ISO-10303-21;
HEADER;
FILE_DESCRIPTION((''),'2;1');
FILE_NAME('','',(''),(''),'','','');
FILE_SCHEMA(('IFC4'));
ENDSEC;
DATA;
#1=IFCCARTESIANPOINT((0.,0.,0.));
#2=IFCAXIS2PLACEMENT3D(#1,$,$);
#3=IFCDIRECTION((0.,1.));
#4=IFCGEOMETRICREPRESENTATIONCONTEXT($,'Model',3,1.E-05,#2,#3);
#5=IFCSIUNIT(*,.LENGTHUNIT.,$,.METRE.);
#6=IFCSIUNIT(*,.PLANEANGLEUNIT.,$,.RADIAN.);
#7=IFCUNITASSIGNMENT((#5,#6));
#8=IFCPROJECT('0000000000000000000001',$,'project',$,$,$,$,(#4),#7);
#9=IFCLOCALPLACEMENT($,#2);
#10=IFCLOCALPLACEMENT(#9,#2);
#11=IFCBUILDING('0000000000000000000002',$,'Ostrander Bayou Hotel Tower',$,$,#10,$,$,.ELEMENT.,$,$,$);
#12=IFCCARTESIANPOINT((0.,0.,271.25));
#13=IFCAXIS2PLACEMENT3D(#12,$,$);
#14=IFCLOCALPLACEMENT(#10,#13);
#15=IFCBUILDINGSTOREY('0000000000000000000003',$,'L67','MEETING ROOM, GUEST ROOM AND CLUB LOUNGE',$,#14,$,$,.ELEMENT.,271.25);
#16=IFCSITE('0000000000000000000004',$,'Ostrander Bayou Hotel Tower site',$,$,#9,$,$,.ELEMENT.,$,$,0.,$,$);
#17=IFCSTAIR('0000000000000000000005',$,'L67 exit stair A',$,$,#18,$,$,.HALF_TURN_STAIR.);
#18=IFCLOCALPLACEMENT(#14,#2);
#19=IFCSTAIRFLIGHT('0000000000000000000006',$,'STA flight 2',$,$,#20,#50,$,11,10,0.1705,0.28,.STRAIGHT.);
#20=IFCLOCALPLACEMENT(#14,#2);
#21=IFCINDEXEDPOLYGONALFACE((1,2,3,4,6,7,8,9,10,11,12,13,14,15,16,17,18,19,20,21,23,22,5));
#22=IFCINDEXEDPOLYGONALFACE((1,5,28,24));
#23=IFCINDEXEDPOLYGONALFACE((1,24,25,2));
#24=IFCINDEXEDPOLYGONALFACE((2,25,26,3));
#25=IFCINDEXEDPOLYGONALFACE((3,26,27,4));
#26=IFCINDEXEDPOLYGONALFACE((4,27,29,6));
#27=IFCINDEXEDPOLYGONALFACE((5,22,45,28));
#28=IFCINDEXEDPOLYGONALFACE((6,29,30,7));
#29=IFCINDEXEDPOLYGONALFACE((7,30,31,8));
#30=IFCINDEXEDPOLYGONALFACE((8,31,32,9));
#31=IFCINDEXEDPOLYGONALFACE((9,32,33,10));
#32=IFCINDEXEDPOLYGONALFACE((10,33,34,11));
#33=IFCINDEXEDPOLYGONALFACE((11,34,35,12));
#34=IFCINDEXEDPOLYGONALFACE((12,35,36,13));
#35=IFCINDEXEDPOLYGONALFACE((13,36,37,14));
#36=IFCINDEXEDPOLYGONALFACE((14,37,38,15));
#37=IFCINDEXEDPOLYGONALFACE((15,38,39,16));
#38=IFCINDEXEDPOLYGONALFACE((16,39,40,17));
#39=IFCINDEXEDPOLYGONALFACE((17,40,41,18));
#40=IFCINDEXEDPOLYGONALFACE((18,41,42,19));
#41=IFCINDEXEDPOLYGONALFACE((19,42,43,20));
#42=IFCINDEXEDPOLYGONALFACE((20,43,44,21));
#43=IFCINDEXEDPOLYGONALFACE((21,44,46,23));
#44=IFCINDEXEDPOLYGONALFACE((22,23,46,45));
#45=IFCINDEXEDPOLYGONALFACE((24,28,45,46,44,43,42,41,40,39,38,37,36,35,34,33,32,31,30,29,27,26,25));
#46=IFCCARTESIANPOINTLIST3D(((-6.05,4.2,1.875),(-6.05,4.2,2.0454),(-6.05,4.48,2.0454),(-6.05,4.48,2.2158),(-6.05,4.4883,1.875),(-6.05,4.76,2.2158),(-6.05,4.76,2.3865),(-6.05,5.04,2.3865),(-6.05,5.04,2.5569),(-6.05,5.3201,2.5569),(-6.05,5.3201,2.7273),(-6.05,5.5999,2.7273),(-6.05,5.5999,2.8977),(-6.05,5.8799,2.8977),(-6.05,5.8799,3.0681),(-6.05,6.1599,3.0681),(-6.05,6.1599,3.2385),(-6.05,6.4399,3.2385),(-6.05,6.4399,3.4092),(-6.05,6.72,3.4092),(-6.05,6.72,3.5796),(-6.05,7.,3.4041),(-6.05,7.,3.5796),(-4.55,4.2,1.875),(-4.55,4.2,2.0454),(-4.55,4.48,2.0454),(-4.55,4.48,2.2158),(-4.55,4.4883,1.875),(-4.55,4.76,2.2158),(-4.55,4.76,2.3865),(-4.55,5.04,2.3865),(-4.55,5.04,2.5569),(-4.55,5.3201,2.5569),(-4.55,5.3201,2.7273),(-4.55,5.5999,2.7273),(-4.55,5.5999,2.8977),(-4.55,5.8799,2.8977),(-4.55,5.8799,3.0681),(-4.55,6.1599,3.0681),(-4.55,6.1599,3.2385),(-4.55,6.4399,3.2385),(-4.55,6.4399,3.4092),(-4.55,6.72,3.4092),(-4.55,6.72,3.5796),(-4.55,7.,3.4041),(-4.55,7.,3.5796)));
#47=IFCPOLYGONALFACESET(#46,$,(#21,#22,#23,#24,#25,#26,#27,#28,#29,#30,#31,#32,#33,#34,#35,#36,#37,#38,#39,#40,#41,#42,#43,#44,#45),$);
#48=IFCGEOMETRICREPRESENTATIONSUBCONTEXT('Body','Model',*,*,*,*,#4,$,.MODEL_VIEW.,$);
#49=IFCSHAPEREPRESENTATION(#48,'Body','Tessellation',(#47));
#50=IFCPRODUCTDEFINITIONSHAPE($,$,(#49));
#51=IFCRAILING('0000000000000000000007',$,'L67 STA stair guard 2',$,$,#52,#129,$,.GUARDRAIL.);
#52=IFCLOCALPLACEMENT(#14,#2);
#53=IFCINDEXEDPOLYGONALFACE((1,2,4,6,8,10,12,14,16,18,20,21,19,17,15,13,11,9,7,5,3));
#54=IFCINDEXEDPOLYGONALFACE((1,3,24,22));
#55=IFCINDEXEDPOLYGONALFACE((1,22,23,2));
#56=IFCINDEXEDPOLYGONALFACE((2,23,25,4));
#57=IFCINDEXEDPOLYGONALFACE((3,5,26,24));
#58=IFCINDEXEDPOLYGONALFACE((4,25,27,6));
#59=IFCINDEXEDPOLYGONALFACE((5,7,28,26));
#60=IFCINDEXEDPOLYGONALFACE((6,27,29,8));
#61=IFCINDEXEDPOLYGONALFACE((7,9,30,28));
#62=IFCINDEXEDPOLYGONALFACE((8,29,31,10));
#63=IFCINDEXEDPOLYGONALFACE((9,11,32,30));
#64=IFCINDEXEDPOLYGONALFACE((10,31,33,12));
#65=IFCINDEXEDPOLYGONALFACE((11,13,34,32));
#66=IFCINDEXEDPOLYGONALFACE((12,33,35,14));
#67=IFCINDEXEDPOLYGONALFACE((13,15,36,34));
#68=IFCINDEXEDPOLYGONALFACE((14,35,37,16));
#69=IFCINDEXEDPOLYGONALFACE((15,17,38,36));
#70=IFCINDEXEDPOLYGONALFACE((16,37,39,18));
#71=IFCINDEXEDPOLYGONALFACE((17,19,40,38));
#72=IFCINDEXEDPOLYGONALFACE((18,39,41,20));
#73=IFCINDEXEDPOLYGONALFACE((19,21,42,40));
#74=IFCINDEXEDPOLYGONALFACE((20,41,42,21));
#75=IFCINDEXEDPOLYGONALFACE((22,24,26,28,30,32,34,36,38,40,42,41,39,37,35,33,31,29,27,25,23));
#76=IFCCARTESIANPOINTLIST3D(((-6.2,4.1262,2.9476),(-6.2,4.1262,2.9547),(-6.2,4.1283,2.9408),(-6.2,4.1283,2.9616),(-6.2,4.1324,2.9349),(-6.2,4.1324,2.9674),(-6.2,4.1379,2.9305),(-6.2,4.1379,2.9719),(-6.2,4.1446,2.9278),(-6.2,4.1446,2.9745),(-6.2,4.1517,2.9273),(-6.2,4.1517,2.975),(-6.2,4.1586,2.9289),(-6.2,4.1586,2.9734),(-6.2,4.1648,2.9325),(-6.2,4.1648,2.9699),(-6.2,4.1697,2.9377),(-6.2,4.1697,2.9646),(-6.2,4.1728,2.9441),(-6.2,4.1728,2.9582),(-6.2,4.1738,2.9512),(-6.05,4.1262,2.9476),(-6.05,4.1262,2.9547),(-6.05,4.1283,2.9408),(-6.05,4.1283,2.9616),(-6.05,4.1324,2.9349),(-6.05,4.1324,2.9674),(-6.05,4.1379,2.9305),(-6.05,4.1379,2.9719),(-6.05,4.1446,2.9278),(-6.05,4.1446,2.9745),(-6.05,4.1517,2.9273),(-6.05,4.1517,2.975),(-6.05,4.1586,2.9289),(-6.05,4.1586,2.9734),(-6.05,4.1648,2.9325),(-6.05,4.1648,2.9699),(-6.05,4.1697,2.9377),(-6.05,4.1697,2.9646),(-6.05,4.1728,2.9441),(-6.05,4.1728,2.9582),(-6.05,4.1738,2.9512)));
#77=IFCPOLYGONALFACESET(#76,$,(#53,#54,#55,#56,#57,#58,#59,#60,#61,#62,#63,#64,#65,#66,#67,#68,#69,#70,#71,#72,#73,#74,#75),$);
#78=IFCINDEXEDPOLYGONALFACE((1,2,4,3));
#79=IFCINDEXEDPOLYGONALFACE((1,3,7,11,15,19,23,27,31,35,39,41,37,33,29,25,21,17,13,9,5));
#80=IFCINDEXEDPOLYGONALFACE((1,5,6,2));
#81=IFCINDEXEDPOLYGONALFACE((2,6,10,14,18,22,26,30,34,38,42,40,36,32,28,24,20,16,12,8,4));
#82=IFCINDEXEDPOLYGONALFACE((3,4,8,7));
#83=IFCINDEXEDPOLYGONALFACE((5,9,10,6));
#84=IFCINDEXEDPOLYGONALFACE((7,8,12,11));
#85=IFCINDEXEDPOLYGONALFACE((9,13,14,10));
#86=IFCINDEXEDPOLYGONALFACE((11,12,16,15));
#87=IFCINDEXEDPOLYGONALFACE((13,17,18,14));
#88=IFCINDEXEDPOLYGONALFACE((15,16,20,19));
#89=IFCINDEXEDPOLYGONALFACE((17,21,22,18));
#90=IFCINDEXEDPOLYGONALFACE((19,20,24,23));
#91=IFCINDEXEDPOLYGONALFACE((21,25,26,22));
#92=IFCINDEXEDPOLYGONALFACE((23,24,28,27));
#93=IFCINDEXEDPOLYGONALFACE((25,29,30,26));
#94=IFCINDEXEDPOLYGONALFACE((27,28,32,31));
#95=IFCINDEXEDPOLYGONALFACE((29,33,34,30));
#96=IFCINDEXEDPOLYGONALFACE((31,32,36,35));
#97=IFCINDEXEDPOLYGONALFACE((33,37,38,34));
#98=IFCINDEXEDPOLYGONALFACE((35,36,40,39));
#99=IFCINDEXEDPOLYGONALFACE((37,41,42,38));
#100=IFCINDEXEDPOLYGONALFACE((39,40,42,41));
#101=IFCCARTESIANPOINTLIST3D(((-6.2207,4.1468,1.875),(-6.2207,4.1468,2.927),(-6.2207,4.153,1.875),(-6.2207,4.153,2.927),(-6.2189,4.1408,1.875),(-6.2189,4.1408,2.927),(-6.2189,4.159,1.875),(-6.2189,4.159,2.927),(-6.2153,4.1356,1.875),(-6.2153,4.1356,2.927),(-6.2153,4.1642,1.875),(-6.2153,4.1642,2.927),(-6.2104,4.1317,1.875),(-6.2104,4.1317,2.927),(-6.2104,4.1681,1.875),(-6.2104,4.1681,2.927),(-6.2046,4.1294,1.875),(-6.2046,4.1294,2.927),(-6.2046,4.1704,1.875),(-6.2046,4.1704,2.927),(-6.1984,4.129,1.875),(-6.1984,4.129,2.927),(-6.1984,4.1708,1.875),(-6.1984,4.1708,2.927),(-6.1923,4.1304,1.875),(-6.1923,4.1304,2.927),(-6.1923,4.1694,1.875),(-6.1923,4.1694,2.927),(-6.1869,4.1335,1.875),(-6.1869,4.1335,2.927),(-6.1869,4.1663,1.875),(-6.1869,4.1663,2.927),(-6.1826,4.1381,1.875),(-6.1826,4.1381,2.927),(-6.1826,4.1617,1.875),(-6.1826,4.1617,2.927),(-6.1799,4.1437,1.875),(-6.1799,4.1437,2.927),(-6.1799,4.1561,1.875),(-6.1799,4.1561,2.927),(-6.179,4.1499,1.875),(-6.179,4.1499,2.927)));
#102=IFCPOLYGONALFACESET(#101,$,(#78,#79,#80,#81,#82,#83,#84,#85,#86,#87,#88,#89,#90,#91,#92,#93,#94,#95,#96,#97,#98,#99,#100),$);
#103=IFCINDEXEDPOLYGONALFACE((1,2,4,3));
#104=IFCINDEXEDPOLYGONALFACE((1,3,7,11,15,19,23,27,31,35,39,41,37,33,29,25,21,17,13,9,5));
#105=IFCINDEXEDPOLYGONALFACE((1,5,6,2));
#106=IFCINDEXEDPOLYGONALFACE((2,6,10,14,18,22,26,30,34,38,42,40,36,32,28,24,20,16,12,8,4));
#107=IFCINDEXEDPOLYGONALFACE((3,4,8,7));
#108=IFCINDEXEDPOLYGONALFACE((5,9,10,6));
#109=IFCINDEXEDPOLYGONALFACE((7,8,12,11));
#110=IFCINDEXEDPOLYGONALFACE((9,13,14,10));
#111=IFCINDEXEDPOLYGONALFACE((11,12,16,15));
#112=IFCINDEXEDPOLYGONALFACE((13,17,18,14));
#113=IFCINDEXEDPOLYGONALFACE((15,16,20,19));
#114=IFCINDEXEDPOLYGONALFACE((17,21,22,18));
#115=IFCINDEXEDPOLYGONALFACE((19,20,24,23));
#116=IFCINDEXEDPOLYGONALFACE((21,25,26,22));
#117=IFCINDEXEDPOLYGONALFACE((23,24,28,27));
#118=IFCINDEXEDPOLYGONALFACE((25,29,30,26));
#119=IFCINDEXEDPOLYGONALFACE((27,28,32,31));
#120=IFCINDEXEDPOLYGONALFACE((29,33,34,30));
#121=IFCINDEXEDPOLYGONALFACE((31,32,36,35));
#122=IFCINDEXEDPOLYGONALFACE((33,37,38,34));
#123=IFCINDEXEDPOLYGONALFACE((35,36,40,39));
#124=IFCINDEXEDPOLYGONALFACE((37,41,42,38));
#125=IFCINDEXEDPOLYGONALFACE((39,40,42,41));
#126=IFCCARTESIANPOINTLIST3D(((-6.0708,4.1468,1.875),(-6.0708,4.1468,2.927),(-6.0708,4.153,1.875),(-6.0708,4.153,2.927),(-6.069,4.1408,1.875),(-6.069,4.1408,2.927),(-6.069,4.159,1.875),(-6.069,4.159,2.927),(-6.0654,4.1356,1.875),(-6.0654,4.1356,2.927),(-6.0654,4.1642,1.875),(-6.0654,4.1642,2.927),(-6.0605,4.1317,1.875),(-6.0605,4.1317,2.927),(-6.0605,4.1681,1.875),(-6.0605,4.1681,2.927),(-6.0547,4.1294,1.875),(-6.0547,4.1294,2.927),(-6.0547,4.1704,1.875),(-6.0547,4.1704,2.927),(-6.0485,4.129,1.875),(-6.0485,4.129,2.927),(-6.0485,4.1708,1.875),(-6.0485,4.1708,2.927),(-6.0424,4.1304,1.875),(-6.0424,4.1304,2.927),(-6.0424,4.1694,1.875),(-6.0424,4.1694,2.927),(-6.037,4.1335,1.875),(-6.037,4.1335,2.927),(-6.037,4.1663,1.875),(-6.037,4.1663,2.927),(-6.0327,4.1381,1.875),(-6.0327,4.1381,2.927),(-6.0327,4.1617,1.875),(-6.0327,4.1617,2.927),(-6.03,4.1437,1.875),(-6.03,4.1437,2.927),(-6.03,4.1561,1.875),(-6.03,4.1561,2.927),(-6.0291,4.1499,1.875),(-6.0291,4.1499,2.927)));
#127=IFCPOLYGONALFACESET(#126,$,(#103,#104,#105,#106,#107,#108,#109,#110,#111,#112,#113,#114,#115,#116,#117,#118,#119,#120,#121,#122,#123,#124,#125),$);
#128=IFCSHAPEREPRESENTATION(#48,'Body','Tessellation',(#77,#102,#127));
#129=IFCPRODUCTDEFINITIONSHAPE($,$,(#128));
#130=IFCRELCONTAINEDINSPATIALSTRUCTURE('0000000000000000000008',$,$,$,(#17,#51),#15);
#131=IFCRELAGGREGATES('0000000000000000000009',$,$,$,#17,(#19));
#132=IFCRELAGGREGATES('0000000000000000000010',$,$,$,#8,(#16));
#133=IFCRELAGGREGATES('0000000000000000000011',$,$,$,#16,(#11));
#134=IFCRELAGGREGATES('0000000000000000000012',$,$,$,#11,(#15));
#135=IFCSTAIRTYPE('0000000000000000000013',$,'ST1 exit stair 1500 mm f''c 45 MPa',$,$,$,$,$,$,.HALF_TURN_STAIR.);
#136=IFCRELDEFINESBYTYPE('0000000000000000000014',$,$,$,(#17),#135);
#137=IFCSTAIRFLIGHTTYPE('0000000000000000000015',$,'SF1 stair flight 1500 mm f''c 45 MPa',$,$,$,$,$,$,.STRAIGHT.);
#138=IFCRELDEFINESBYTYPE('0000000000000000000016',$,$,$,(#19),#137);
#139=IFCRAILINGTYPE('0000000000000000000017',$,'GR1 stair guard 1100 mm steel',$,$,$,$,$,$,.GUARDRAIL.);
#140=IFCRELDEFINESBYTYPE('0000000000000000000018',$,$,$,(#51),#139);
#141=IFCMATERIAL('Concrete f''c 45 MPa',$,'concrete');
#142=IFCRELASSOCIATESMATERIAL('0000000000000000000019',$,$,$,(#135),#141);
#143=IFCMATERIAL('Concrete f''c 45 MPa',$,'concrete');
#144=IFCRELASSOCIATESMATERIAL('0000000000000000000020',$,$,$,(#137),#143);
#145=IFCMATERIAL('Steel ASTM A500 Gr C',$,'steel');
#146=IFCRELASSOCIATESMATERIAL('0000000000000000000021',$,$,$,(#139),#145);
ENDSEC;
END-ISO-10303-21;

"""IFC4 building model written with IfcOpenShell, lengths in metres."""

from ifc_helpers import new_model, si_unit, direction, frame, origin, origin_2d, place, context, subcontext, project, spatial, polyline, circle, outline, extrude, material, type_object, element, aggregate, save


model = new_model("IFC4")

# Units and contexts
model_context = context("Model", 3, precision=1e-05, world=origin(), true_north=direction((0.0, 1.0)))
body_context = subcontext(model_context, "Body", "Model", "MODEL_VIEW")
ifc_project = project(units=[si_unit("LENGTHUNIT", "METRE"), si_unit("PLANEANGLEUNIT", "RADIAN")], contexts=[model_context])

# Site, building, storey
site_placement = place(None, origin())
site = spatial("IfcSite", under=ifc_project, at=site_placement, Name="Ostrander Bayou Hotel Tower site", CompositionType="ELEMENT", RefElevation=0.0)
building_placement = place(site_placement, origin())
building = spatial("IfcBuilding", under=site, at=building_placement, Name="Ostrander Bayou Hotel Tower", CompositionType="ELEMENT")
storey_placement = place(building_placement, frame((0.0, 0.0, 271.25)))
storey = spatial("IfcBuildingStorey", under=building, at=storey_placement, Name="L67", Description="MEETING ROOM, GUEST ROOM AND CLUB LOUNGE", CompositionType="ELEMENT", Elevation=271.25)

# Shared definitions
ifc_material_1 = material(Name="Concrete f'c 45 MPa", Category="concrete")
stair_type = type_object("IfcStairType", Name="ST1 exit stair 1500 mm f'c 45 MPa", PredefinedType="HALF_TURN_STAIR", material=ifc_material_1)

# Stair, stair flight
stair_1_placement = place(storey_placement, origin())
stair_1 = element("IfcStair", 1, at=stair_1_placement, inside=storey, type_object=stair_type, Name="L67 exit stair A", PredefinedType="HALF_TURN_STAIR")
ifc_material_2 = material(Name="Concrete f'c 45 MPa", Category="concrete")
stair_flight_type = type_object("IfcStairFlightType", Name="SF1 stair flight 1500 mm f'c 45 MPa", PredefinedType="STRAIGHT", material=ifc_material_2)
stair_flight_placement = place(storey_placement, frame((-5.3, 4.2, 1.875), z_axis=(0.0, 0.0, 1.0), x_axis=(0.0, 1.0, 0.0)))
stair_flight = element("IfcStairFlight", 2, at=stair_flight_placement, type_object=stair_flight_type, Name="STA flight 2", NumberOfRisers=11, NumberOfTreads=10, PredefinedType="STRAIGHT", RiserHeight=0.1705, TreadLength=0.28, context=body_context, shape_type="SweptSolid", body=[
    extrude(outline(polyline([(0.0, 0.0), (0.0, 0.1704), (0.28, 0.1704), (0.28, 0.3408), (0.5601, 0.3408), (0.5601, 0.5115), (0.8401, 0.5115), (0.8401, 0.6819), (1.1201, 0.6819), (1.1201, 0.8523), (1.3999, 0.8523), (1.3999, 1.0227), (1.6799, 1.0227), (1.6799, 1.1931), (1.96, 1.1931), (1.96, 1.3635), (2.24, 1.3635), (2.24, 1.5342), (2.52, 1.5342), (2.52, 1.7046), (2.8, 1.7046), (2.8, 1.875), (2.8, 1.5291), (0.2883, 0.0), (0.0, 0.0)])), frame((0.0, 0.75, 0.0), z_axis=(0.0, -1.0, 0.0), x_axis=(1.0, 0.0, 0.0)), (0.0, 0.0, 1.0), 1.5),
])
aggregate(stair_1, [stair_flight])

# Railing
ifc_material_3 = material(Name="Steel ASTM A500 Gr C", Category="steel")
railing_type_1 = type_object("IfcRailingType", Name="GR1 stair guard 1100 mm steel", PredefinedType="GUARDRAIL", material=ifc_material_3)
railing_1_placement = place(storey_placement, frame((-6.2, 4.1499, 1.875)))
element("IfcRailing", 3, at=railing_1_placement, inside=storey, type_object=railing_type_1, Name="L67 STA stair guard 2", PredefinedType="GUARDRAIL", context=body_context, shape_type="SweptSolid", body=[
    extrude(circle(Radius=0.0239, at=origin_2d()), frame((0.0, 0.0, 1.0762), z_axis=(1.0, 0.0, 0.0), x_axis=(0.0, 1.0, 0.0)), (0.0, 0.0, 1.0), 0.1499),
    extrude(circle(Radius=0.021, at=origin_2d()), origin(), (0.0, 0.0, 1.0), 1.052),
    extrude(circle(Radius=0.021, at=origin_2d()), frame((0.1499, 0.0, 0.0)), (0.0, 0.0, 1.0), 1.052),
])

save(model, "model.ifc")
